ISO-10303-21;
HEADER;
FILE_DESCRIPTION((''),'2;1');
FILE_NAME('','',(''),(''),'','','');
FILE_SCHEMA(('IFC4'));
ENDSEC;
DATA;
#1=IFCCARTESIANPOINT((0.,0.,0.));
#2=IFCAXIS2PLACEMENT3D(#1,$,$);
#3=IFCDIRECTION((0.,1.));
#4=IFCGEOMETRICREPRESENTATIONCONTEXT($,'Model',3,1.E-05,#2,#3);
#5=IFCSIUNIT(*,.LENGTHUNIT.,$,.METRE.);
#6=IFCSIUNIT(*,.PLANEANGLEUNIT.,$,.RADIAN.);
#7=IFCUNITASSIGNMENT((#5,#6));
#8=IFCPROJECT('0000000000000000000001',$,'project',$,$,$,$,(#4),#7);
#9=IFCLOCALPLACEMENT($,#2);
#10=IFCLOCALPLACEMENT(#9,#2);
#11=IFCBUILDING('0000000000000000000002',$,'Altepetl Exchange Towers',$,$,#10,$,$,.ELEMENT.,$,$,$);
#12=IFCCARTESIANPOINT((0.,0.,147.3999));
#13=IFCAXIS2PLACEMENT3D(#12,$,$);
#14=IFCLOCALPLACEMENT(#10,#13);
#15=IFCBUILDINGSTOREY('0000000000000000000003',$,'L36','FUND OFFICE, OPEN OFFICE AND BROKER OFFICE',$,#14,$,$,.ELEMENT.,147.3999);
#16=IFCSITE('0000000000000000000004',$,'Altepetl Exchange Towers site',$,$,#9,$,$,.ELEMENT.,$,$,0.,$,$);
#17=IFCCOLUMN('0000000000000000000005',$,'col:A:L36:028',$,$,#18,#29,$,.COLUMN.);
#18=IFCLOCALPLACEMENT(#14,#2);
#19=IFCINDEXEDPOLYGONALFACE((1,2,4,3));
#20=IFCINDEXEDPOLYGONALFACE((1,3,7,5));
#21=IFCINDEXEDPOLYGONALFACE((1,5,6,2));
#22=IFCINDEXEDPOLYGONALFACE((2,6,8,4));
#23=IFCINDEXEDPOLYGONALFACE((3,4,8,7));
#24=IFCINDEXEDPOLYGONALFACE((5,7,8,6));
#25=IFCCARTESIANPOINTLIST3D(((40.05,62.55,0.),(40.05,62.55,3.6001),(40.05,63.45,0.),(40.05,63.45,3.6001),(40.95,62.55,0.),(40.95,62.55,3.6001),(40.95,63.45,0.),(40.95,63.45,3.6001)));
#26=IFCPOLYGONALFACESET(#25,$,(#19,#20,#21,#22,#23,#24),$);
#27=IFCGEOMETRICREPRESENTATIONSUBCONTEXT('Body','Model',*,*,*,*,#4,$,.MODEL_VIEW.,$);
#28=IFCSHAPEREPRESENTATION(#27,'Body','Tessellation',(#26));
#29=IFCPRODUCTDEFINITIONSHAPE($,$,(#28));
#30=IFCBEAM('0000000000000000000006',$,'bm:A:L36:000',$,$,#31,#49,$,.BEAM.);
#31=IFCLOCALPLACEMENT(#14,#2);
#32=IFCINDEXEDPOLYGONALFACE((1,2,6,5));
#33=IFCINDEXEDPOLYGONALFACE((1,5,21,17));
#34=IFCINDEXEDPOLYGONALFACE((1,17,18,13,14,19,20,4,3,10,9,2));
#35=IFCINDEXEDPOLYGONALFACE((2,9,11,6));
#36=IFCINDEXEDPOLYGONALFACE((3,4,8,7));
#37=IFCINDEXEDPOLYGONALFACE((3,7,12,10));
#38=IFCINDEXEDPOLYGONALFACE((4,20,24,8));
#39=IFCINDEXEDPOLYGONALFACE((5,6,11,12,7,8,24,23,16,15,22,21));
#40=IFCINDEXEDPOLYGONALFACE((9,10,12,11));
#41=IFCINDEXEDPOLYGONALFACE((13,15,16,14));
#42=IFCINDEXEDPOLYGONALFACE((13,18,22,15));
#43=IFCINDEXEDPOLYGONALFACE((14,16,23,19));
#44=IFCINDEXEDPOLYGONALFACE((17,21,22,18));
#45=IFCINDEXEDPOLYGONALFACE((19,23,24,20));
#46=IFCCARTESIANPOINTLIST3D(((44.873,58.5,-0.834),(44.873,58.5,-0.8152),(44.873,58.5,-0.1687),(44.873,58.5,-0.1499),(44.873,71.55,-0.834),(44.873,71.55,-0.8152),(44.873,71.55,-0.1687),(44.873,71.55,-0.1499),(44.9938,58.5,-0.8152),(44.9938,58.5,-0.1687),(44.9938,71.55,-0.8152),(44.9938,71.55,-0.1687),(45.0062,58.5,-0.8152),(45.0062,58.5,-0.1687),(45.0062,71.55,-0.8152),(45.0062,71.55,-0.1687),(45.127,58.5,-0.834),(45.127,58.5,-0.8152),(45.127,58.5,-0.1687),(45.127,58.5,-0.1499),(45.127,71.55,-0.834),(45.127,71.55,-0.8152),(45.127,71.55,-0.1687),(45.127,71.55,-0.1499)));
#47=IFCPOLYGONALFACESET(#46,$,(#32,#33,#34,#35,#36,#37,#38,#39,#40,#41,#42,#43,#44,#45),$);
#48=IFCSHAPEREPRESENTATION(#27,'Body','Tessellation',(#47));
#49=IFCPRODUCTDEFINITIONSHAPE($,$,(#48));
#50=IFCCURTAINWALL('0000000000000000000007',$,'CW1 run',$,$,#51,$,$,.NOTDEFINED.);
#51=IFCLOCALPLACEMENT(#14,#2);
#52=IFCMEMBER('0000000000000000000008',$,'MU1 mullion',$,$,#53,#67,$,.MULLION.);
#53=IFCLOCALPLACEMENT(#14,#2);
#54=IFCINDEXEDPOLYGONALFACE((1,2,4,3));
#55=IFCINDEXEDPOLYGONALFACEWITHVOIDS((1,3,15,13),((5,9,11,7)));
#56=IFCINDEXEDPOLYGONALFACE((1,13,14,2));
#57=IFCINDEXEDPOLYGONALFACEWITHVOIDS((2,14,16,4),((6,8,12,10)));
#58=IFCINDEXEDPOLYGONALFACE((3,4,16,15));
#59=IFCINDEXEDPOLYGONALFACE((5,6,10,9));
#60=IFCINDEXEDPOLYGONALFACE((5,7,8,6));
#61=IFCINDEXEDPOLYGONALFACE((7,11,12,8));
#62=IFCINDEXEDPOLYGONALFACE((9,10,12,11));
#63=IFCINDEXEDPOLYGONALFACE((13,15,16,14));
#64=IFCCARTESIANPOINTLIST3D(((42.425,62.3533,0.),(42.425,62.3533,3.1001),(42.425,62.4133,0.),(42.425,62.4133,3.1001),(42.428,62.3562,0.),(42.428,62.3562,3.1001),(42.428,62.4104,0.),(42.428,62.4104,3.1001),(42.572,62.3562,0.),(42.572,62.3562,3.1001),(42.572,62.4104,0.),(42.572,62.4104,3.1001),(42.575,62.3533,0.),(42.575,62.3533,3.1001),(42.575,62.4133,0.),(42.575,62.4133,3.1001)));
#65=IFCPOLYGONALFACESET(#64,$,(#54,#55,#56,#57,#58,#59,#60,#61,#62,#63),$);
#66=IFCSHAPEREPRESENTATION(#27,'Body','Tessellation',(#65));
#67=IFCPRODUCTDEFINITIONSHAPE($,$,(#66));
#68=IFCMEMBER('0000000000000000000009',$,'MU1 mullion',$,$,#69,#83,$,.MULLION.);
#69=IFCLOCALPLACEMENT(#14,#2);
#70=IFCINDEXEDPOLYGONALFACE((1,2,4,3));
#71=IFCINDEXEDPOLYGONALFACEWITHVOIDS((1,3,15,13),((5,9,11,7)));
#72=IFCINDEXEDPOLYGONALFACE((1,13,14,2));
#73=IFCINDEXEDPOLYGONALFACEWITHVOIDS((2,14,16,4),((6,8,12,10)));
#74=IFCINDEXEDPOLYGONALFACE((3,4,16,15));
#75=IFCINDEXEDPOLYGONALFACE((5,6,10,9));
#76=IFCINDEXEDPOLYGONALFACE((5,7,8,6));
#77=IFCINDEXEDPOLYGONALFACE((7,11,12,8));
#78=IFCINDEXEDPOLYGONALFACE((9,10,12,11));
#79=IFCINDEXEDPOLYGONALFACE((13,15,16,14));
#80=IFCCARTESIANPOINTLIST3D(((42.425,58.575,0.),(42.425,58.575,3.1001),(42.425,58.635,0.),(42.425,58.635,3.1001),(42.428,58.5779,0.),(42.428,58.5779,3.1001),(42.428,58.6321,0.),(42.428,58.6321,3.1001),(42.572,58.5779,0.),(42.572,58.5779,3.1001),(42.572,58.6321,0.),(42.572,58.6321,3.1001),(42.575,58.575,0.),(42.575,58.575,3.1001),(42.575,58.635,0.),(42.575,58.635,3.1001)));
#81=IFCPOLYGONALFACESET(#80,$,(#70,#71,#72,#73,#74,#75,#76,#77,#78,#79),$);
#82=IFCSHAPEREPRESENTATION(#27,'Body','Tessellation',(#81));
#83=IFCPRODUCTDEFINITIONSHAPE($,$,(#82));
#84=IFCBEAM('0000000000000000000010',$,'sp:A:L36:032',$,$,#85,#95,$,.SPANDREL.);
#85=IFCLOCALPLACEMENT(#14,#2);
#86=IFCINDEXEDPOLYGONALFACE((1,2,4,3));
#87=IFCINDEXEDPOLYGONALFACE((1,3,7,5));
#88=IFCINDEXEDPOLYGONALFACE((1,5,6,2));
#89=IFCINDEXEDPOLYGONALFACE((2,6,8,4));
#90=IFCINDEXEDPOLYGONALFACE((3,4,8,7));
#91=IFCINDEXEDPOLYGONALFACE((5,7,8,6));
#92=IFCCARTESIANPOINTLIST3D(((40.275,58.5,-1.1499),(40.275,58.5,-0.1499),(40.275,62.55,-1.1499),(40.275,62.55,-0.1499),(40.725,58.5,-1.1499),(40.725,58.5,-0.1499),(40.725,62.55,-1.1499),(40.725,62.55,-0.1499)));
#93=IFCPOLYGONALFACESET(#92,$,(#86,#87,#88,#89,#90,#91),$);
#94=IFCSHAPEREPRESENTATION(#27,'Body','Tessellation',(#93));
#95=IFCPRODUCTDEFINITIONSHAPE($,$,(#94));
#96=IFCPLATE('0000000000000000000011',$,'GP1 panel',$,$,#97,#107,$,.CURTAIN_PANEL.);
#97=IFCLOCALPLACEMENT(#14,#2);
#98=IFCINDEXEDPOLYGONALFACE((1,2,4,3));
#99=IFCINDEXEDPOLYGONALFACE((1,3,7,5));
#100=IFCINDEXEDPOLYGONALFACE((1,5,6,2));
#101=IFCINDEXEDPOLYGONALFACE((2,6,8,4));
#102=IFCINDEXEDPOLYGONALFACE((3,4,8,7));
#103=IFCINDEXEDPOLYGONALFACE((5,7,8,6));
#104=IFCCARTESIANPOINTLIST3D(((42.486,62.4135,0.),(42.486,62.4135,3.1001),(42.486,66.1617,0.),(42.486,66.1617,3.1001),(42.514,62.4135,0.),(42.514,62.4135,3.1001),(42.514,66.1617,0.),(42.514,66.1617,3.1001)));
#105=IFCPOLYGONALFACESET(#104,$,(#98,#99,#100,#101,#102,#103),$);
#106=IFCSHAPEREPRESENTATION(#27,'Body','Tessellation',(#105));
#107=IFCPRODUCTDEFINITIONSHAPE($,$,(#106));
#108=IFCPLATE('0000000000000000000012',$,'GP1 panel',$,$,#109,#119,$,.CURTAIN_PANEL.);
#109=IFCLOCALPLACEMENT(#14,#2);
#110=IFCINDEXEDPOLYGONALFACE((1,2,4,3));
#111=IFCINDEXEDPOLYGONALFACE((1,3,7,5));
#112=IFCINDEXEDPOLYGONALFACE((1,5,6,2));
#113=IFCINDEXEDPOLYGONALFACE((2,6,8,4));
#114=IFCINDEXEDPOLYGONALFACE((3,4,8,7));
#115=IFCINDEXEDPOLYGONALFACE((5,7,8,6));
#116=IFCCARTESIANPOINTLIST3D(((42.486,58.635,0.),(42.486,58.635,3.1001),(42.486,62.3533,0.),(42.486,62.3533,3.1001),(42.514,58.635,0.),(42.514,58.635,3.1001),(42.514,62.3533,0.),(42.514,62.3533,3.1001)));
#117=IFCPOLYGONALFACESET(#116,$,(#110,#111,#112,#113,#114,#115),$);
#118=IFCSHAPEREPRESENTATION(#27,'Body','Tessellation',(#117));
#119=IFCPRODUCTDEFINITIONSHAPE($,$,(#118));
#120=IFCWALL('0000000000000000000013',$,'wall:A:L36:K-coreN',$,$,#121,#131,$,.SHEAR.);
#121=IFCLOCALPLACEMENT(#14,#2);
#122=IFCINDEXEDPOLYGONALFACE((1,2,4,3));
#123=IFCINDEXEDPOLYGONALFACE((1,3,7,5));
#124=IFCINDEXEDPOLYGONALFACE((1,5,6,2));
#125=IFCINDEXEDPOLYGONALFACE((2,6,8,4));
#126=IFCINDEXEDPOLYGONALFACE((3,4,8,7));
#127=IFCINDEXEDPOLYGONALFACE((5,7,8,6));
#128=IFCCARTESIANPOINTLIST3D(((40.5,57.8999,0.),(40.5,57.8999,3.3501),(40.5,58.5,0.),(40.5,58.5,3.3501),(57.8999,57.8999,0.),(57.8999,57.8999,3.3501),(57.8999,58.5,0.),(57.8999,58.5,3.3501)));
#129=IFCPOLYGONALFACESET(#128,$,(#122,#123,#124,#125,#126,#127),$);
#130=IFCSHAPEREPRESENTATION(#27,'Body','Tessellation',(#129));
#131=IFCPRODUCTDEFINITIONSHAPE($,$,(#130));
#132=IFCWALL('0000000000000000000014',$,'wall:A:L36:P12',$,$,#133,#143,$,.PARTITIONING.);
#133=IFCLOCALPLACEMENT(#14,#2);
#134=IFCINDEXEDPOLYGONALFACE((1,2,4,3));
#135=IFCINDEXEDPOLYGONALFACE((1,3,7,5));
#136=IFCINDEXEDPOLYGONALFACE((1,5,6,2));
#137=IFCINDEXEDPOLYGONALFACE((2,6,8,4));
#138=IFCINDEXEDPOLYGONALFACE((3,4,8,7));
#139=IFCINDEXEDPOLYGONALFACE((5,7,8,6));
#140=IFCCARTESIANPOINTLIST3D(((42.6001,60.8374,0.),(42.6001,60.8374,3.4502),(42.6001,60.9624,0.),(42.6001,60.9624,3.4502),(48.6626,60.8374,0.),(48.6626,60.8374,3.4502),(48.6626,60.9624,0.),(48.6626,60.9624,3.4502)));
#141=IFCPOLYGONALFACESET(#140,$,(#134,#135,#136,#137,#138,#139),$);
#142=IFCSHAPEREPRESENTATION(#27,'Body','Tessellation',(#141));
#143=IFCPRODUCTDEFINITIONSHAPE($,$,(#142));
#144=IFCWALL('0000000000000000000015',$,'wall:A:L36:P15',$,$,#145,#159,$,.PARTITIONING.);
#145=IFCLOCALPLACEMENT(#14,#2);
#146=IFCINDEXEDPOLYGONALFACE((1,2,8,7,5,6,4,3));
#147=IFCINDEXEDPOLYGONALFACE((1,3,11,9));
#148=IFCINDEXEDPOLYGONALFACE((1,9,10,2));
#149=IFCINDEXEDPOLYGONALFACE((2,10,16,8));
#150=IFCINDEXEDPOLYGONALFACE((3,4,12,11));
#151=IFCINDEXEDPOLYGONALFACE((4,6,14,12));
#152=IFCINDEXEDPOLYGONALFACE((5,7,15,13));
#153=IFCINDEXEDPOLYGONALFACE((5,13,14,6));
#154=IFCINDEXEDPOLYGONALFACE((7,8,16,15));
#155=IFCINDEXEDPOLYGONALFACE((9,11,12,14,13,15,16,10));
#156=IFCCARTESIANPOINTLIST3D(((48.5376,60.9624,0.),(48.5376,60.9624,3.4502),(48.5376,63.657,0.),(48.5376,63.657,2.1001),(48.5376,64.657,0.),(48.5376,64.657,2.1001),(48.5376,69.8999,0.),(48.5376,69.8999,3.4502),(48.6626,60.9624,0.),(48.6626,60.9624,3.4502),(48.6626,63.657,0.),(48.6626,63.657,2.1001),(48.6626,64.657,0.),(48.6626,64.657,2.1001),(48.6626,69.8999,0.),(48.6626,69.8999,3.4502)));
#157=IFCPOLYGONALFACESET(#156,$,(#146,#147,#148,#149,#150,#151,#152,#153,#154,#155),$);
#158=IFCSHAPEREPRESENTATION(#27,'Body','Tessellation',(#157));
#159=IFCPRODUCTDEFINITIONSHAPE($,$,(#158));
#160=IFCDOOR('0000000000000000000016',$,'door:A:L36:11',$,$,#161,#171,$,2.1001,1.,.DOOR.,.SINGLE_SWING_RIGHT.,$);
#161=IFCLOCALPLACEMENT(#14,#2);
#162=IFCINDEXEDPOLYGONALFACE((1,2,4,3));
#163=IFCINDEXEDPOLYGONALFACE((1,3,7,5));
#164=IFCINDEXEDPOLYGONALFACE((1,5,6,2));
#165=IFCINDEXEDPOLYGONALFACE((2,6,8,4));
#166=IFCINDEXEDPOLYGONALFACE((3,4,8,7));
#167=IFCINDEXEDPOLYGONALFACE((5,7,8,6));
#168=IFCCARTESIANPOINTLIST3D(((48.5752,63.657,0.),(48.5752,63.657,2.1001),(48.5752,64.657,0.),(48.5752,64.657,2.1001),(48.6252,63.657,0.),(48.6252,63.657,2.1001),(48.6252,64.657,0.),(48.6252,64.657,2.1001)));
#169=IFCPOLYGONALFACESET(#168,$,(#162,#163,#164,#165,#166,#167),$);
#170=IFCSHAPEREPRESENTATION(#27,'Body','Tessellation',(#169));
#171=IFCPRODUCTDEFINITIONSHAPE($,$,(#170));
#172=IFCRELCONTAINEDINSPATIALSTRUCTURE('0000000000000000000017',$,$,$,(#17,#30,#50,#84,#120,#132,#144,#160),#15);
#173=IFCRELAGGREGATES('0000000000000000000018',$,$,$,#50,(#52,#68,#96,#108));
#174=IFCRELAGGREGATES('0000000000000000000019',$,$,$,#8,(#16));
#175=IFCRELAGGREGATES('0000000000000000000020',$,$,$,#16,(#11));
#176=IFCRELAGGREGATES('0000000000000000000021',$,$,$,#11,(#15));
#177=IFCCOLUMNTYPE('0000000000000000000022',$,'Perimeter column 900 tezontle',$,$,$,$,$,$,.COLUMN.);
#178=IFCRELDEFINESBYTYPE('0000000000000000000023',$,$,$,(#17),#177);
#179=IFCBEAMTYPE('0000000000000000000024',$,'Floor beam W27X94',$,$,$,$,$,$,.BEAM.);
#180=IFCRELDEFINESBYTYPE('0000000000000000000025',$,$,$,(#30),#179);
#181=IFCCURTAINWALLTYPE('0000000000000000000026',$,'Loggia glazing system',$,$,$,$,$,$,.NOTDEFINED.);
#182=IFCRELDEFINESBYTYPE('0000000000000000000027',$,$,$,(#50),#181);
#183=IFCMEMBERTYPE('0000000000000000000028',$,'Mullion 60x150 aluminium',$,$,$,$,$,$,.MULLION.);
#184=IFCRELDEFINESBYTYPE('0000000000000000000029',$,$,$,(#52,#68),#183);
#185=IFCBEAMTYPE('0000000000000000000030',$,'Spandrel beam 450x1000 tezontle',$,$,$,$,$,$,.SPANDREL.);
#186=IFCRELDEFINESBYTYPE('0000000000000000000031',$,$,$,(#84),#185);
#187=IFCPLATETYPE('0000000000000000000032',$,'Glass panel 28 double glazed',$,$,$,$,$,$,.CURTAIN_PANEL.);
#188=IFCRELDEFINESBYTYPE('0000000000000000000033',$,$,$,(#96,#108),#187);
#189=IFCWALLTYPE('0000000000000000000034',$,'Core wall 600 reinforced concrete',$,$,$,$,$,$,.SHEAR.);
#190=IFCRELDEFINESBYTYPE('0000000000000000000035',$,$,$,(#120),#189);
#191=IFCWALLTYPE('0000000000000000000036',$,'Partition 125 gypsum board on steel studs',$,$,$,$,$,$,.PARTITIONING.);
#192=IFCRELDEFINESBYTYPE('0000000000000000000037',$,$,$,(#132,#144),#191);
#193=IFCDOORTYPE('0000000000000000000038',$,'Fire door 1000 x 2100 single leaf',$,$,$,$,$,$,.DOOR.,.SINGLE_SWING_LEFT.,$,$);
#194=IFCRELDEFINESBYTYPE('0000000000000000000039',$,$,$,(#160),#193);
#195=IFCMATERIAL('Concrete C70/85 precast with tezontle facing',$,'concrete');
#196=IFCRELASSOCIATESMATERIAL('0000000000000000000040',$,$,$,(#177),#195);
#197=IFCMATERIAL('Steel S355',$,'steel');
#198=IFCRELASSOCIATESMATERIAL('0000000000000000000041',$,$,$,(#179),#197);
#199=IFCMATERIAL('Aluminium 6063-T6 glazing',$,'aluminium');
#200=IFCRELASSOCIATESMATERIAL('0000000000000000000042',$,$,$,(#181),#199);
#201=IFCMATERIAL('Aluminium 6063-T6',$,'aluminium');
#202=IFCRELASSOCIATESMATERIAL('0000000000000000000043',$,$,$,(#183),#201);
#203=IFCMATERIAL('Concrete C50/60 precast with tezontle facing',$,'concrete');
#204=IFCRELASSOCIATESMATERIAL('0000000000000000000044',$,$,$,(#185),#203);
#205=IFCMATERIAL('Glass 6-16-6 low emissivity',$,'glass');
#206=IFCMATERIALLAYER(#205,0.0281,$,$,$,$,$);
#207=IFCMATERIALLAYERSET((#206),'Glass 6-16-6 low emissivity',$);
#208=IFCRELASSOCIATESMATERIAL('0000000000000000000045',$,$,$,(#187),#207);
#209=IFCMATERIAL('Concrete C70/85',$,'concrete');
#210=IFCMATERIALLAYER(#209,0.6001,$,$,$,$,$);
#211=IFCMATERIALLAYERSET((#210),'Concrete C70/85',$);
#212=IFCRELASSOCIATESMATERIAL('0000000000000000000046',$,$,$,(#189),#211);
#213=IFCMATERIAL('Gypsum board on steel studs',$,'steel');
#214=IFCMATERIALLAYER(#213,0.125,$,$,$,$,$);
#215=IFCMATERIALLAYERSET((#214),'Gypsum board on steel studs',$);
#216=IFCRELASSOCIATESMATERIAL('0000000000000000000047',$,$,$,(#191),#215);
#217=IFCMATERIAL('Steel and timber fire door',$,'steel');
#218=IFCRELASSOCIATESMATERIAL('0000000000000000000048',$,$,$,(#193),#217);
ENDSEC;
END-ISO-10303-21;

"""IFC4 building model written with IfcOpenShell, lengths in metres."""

from ifc_helpers import new_model, si_unit, direction, frame, frame_2d, origin, origin_2d, place, context, subcontext, project, spatial, rectangle, hollow_rectangle, i_section, extrude, material, layer, layer_set, material_profile, profile_set, type_object, element, fill, aggregate, save


model = new_model("IFC4")

# Units and contexts
model_context = context("Model", 3, precision=1e-05, world=origin(), true_north=direction((0.0, 1.0)))
body_context = subcontext(model_context, "Body", "Model", "MODEL_VIEW")
ifc_project = project(units=[si_unit("LENGTHUNIT", "METRE"), si_unit("PLANEANGLEUNIT", "RADIAN")], contexts=[model_context])

# Site, building, storey
site_placement = place(None, origin())
site = spatial("IfcSite", under=ifc_project, at=site_placement, Name="Altepetl Exchange Towers site", CompositionType="ELEMENT", RefElevation=0.0)
building_placement = place(site_placement, origin())
building = spatial("IfcBuilding", under=site, at=building_placement, Name="Altepetl Exchange Towers", CompositionType="ELEMENT")
storey_placement = place(building_placement, frame((0.0, 0.0, 147.3999)))
storey = spatial("IfcBuildingStorey", under=building, at=storey_placement, Name="L36", Description="FUND OFFICE, OPEN OFFICE AND BROKER OFFICE", CompositionType="ELEMENT", Elevation=147.3999)

# Column
ifc_material_1 = material(Name="Concrete C70/85 precast with tezontle facing", Category="concrete")
ifc_material_profile_1 = material_profile(ifc_material_1, rectangle(XDim=0.8999, YDim=0.8999, at=origin_2d()), Name="900 x 900")
ifc_profile_set_1 = profile_set([ifc_material_profile_1], Name="Concrete C70/85 precast with tezontle facing")
column_type = type_object("IfcColumnType", Name="Perimeter column 900 tezontle", PredefinedType="COLUMN", material=ifc_profile_set_1)
column_placement = place(storey_placement, frame((40.5, 63.0, 0.0)))
element("IfcColumn", 1, at=column_placement, inside=storey, type_object=column_type, Name="col:A:L36:028", PredefinedType="COLUMN", context=body_context, shape_type="SweptSolid", body=[
    extrude(rectangle(XDim=0.8999, YDim=0.8999, at=origin_2d()), origin(), (0.0, 0.0, 1.0), 3.6001),
])

# Beam
ifc_material_2 = material(Name="Steel S355", Category="steel")
ifc_material_profile_2 = material_profile(ifc_material_2, i_section(OverallWidth=0.2539, OverallDepth=0.6841, WebThickness=0.0125, FlangeThickness=0.0188, at=origin_2d()), Name="W27X94")
ifc_profile_set_2 = profile_set([ifc_material_profile_2], Name="Steel S355")
beam_type_1 = type_object("IfcBeamType", Name="Floor beam W27X94", PredefinedType="BEAM", material=ifc_profile_set_2)
beam_1_placement = place(storey_placement, frame((45.0, 58.5, -0.4919), z_axis=(0.0, 1.0, 0.0), x_axis=(-1.0, 0.0, 0.0)))
element("IfcBeam", 2, at=beam_1_placement, inside=storey, type_object=beam_type_1, Name="bm:A:L36:000", PredefinedType="BEAM", context=body_context, shape_type="SweptSolid", body=[
    extrude(i_section(OverallWidth=0.2539, OverallDepth=0.6841, WebThickness=0.0125, FlangeThickness=0.0188, at=origin_2d()), origin(), (0.0, 0.0, 1.0), 13.05),
])

# Curtain wall, members
ifc_material_3 = material(Name="Aluminium 6063-T6 glazing", Category="aluminium")
curtain_wall_type = type_object("IfcCurtainWallType", Name="Loggia glazing system", PredefinedType="NOTDEFINED", material=ifc_material_3)
curtain_wall_placement = place(storey_placement, origin())
curtain_wall = element("IfcCurtainWall", 3, at=curtain_wall_placement, inside=storey, type_object=curtain_wall_type, Name="CW1 run", PredefinedType="NOTDEFINED")
ifc_material_4 = material(Name="Aluminium 6063-T6", Category="aluminium")
ifc_material_profile_3 = material_profile(ifc_material_4, hollow_rectangle(XDim=0.0601, YDim=0.1499, WallThickness=0.0029, at=origin_2d()), Name="Mullion 60x150 aluminium")
ifc_profile_set_3 = profile_set([ifc_material_profile_3], Name="Aluminium 6063-T6")
member_type = type_object("IfcMemberType", Name="Mullion 60x150 aluminium", PredefinedType="MULLION", material=ifc_profile_set_3)
member_1_placement = place(storey_placement, frame((42.5, 62.3833, 0.0), z_axis=(0.0, 0.0, 1.0), x_axis=(0.0, -1.0, 0.0)))
member_1 = element("IfcMember", 4, at=member_1_placement, type_object=member_type, Name="MU1 mullion", PredefinedType="MULLION", context=body_context, shape_type="SweptSolid", body=[
    extrude(hollow_rectangle(XDim=0.0601, YDim=0.1499, WallThickness=0.0029, at=origin_2d()), origin(), (0.0, 0.0, 1.0), 3.1001),
])
member_2_placement = place(storey_placement, frame((42.5, 58.605, 0.0), z_axis=(0.0, 0.0, 1.0), x_axis=(0.0, -1.0, 0.0)))
member_2 = element("IfcMember", 5, at=member_2_placement, type_object=member_type, Name="MU1 mullion", PredefinedType="MULLION", context=body_context, shape_type="SweptSolid", body=[
    extrude(hollow_rectangle(XDim=0.0601, YDim=0.1499, WallThickness=0.0029, at=origin_2d()), origin(), (0.0, 0.0, 1.0), 3.1001),
])

# Beam
ifc_material_5 = material(Name="Concrete C50/60 precast with tezontle facing", Category="concrete")
ifc_material_profile_4 = material_profile(ifc_material_5, rectangle(XDim=0.45, YDim=1.0, at=origin_2d()), Name="450 x 1000")
ifc_profile_set_4 = profile_set([ifc_material_profile_4], Name="Concrete C50/60 precast with tezontle facing")
beam_type_2 = type_object("IfcBeamType", Name="Spandrel beam 450x1000 tezontle", PredefinedType="SPANDREL", material=ifc_profile_set_4)
beam_2_placement = place(storey_placement, frame((40.5, 62.55, -0.6499), z_axis=(0.0, -1.0, 0.0), x_axis=(1.0, 0.0, 0.0)))
element("IfcBeam", 6, at=beam_2_placement, inside=storey, type_object=beam_type_2, Name="sp:A:L36:032", PredefinedType="SPANDREL", context=body_context, shape_type="SweptSolid", body=[
    extrude(rectangle(XDim=0.45, YDim=1.0, at=origin_2d()), origin(), (0.0, 0.0, 1.0), 4.05),
])

# Plates
ifc_material_6 = material(Name="Glass 6-16-6 low emissivity", Category="glass")
ifc_layer_1 = layer(ifc_material_6, 0.0281)
ifc_layer_set_1 = layer_set([ifc_layer_1], Name="Glass 6-16-6 low emissivity")
plate_type = type_object("IfcPlateType", Name="Glass panel 28 double glazed", PredefinedType="CURTAIN_PANEL", material=ifc_layer_set_1)
plate_1_placement = place(storey_placement, frame((42.5, 64.2876, 0.0), z_axis=(0.0, 0.0, 1.0), x_axis=(0.0, -1.0, 0.0)))
plate_1 = element("IfcPlate", 7, at=plate_1_placement, type_object=plate_type, Name="GP1 panel", PredefinedType="CURTAIN_PANEL", context=body_context, shape_type="SweptSolid", body=[
    extrude(rectangle(XDim=3.7483, YDim=0.0281, at=origin_2d()), origin(), (0.0, 0.0, 1.0), 3.1001),
])
plate_2_placement = place(storey_placement, frame((42.5, 60.4941, 0.0), z_axis=(0.0, 0.0, 1.0), x_axis=(0.0, -1.0, 0.0)))
plate_2 = element("IfcPlate", 8, at=plate_2_placement, type_object=plate_type, Name="GP1 panel", PredefinedType="CURTAIN_PANEL", context=body_context, shape_type="SweptSolid", body=[
    extrude(rectangle(XDim=3.7183, YDim=0.0281, at=origin_2d()), origin(), (0.0, 0.0, 1.0), 3.1001),
])
aggregate(curtain_wall, [member_1, member_2, plate_1, plate_2])

# Walls
ifc_material_7 = material(Name="Concrete C70/85", Category="concrete")
ifc_layer_2 = layer(ifc_material_7, 0.6001)
ifc_layer_set_2 = layer_set([ifc_layer_2], Name="Concrete C70/85")
wall_type_1 = type_object("IfcWallType", Name="Core wall 600 reinforced concrete", PredefinedType="SHEAR", material=ifc_layer_set_2)
wall_1_placement = place(storey_placement, frame((40.5, 58.2, 0.0)))
element("IfcWall", 9, at=wall_1_placement, inside=storey, type_object=wall_type_1, Name="wall:A:L36:K-coreN", PredefinedType="SHEAR", context=body_context, shape_type="SweptSolid", body=[
    extrude(rectangle(XDim=17.3999, YDim=0.6001, at=frame_2d((8.7, 0.0))), origin(), (0.0, 0.0, 1.0), 3.3501),
])
ifc_material_8 = material(Name="Gypsum board on steel studs", Category="steel")
ifc_layer_3 = layer(ifc_material_8, 0.125)
ifc_layer_set_3 = layer_set([ifc_layer_3], Name="Gypsum board on steel studs")
wall_type_2 = type_object("IfcWallType", Name="Partition 125 gypsum board on steel studs", PredefinedType="PARTITIONING", material=ifc_layer_set_3)
wall_2_placement = place(storey_placement, frame((42.6001, 60.8999, 0.0)))
element("IfcWall", 10, at=wall_2_placement, inside=storey, type_object=wall_type_2, Name="wall:A:L36:P12", PredefinedType="PARTITIONING", context=body_context, shape_type="SweptSolid", body=[
    extrude(rectangle(XDim=6.0625, YDim=0.125, at=frame_2d((3.0312, 0.0))), origin(), (0.0, 0.0, 1.0), 3.4502),
])

# Wall, opening, door
wall_3_placement = place(storey_placement, frame((48.6001, 60.9624, 0.0), z_axis=(0.0, 0.0, 1.0), x_axis=(0.0, 1.0, 0.0)))
wall_3 = element("IfcWall", 11, at=wall_3_placement, inside=storey, type_object=wall_type_2, Name="wall:A:L36:P15", PredefinedType="PARTITIONING", context=body_context, shape_type="SweptSolid", body=[
    extrude(rectangle(XDim=8.9375, YDim=0.125, at=frame_2d((4.4688, 0.0))), origin(), (0.0, 0.0, 1.0), 3.4502),
])
opening_1_placement = place(wall_3_placement, frame((2.6946, 0.0, 0.0)))
opening_1 = element("IfcOpeningElement", 12, at=opening_1_placement, cuts=wall_3, PredefinedType="OPENING", context=body_context, shape_type="SweptSolid", body=[
    extrude(rectangle(XDim=1.0, YDim=2.1001, at=frame_2d((0.5, 1.05))), frame((0.0, 0.0725, 0.0), z_axis=(0.0, -1.0, 0.0), x_axis=(1.0, 0.0, 0.0)), (0.0, 0.0, 1.0), 0.145),
])
ifc_material_9 = material(Name="Steel and timber fire door", Category="steel")
door_type_1 = type_object("IfcDoorType", Name="Fire door 1000 x 2100 single leaf", OperationType="SINGLE_SWING_LEFT", PredefinedType="DOOR", material=ifc_material_9)
door_1_placement = place(opening_1_placement, origin())
door_1 = element("IfcDoor", 13, at=door_1_placement, inside=storey, type_object=door_type_1, Name="door:A:L36:11", OperationType="SINGLE_SWING_RIGHT", OverallHeight=2.1001, OverallWidth=1.0, PredefinedType="DOOR", context=body_context, shape_type="SweptSolid", body=[
    extrude(rectangle(XDim=1.0, YDim=2.1001, at=frame_2d((0.5, 1.05))), frame((0.0, 0.0249, 0.0), z_axis=(0.0, -1.0, 0.0), x_axis=(1.0, 0.0, 0.0)), (0.0, 0.0, 1.0), 0.05),
])
fill(opening_1, door_1)

save(model, "model.ifc")
